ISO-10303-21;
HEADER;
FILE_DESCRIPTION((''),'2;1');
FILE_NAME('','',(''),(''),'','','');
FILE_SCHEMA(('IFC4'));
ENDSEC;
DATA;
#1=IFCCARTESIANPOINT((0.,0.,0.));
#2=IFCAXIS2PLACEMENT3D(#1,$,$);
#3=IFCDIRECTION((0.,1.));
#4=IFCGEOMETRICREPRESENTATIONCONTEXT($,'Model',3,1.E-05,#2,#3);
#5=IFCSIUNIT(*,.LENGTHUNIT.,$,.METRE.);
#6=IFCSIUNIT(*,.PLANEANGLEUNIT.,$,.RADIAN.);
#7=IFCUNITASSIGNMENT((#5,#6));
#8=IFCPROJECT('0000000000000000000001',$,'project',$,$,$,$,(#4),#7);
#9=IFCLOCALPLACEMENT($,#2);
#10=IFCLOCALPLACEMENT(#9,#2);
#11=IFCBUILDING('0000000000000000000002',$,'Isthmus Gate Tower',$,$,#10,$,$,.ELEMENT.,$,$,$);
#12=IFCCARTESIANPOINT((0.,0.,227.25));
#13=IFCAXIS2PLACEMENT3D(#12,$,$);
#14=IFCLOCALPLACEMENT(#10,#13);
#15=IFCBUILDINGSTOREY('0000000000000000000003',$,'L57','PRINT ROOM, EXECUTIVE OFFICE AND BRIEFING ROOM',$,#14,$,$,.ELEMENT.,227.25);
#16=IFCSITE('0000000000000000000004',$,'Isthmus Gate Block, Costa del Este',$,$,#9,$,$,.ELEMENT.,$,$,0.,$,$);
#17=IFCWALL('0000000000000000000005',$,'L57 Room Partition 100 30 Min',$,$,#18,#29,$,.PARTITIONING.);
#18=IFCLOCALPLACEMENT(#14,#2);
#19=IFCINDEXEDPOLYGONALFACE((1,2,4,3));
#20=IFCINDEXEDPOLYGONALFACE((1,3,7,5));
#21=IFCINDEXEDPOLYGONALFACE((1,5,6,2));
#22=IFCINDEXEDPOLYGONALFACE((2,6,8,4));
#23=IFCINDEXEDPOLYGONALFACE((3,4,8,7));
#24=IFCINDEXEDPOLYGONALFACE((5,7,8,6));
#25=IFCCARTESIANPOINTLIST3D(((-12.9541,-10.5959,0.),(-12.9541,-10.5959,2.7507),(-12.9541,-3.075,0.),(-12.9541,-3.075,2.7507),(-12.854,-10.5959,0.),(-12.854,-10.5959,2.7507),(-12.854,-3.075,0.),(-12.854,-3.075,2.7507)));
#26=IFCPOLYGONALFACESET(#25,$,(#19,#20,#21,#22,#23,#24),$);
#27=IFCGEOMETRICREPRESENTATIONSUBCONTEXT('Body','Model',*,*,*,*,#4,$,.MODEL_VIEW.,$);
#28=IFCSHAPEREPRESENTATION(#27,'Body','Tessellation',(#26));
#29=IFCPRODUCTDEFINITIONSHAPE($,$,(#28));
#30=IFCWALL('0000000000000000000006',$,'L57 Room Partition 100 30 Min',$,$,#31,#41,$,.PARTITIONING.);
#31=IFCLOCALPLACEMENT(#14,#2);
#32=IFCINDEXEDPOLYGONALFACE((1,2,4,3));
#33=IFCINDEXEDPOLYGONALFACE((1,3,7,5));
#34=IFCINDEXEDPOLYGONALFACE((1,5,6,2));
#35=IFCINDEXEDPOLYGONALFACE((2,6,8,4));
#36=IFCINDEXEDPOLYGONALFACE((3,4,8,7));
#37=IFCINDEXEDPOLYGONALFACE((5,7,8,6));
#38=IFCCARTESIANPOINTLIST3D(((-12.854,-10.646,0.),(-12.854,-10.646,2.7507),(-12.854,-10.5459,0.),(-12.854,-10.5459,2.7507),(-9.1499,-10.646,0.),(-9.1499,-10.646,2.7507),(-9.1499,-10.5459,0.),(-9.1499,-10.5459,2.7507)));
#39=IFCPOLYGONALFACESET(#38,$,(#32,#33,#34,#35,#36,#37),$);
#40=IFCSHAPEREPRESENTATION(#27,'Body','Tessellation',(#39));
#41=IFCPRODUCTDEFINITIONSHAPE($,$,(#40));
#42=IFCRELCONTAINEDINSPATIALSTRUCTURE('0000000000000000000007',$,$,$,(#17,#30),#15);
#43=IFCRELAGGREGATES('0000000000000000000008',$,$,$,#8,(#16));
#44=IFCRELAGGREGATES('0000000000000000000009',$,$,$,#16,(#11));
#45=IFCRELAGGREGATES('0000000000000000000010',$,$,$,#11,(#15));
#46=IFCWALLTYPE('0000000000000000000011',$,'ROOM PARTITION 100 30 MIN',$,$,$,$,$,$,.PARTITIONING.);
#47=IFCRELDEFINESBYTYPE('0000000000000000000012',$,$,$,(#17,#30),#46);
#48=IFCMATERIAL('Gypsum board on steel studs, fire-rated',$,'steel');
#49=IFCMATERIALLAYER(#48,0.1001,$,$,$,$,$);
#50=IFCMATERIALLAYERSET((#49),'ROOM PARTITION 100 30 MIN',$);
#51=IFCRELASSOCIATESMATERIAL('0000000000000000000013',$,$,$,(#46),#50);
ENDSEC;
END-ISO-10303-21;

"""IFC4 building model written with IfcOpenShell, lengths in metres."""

from ifc_helpers import new_model, si_unit, direction, frame, frame_2d, origin, place, context, subcontext, project, spatial, rectangle, extrude, material, layer, layer_set, type_object, element, save


model = new_model("IFC4")

# Units and contexts
model_context = context("Model", 3, precision=1e-05, world=origin(), true_north=direction((0.0, 1.0)))
body_context = subcontext(model_context, "Body", "Model", "MODEL_VIEW")
ifc_project = project(units=[si_unit("LENGTHUNIT", "METRE"), si_unit("PLANEANGLEUNIT", "RADIAN")], contexts=[model_context])

# Site, building, storey
site_placement = place(None, origin())
site = spatial("IfcSite", under=ifc_project, at=site_placement, Name="Isthmus Gate Block, Costa del Este", CompositionType="ELEMENT", RefElevation=0.0)
building_placement = place(site_placement, origin())
building = spatial("IfcBuilding", under=site, at=building_placement, Name="Isthmus Gate Tower", CompositionType="ELEMENT")
storey_placement = place(building_placement, frame((0.0, 0.0, 227.25)))
storey = spatial("IfcBuildingStorey", under=building, at=storey_placement, Name="L57", Description="PRINT ROOM, EXECUTIVE OFFICE AND BRIEFING ROOM", CompositionType="ELEMENT", Elevation=227.25)

# Walls
ifc_material_1 = material(Name="Gypsum board on steel studs, fire-rated", Category="steel")
ifc_layer_1 = layer(ifc_material_1, 0.1001)
ifc_layer_set_1 = layer_set([ifc_layer_1], Name="ROOM PARTITION 100 30 MIN")
wall_type_1 = type_object("IfcWallType", Name="ROOM PARTITION 100 30 MIN", PredefinedType="PARTITIONING", material=ifc_layer_set_1)
wall_1_placement = place(storey_placement, frame((-12.9041, -10.5959, 0.0), z_axis=(0.0, 0.0, 1.0), x_axis=(0.0, 1.0, 0.0)))
element("IfcWall", 1, at=wall_1_placement, inside=storey, type_object=wall_type_1, Name="L57 Room Partition 100 30 Min", PredefinedType="PARTITIONING", context=body_context, shape_type="SweptSolid", body=[
    extrude(rectangle(XDim=7.521, YDim=0.1001, at=frame_2d((3.7605, 0.0))), origin(), (0.0, 0.0, 1.0), 2.7507),
])
wall_2_placement = place(storey_placement, frame((-12.854, -10.5959, 0.0), z_axis=(0.0, 0.0, 1.0), x_axis=(1.0, 0.0, 0.0)))
element("IfcWall", 2, at=wall_2_placement, inside=storey, type_object=wall_type_1, Name="L57 Room Partition 100 30 Min", PredefinedType="PARTITIONING", context=body_context, shape_type="SweptSolid", body=[
    extrude(rectangle(XDim=3.7041, YDim=0.1001, at=frame_2d((1.8521, 0.0))), origin(), (0.0, 0.0, 1.0), 2.7507),
])

save(model, "model.ifc")
